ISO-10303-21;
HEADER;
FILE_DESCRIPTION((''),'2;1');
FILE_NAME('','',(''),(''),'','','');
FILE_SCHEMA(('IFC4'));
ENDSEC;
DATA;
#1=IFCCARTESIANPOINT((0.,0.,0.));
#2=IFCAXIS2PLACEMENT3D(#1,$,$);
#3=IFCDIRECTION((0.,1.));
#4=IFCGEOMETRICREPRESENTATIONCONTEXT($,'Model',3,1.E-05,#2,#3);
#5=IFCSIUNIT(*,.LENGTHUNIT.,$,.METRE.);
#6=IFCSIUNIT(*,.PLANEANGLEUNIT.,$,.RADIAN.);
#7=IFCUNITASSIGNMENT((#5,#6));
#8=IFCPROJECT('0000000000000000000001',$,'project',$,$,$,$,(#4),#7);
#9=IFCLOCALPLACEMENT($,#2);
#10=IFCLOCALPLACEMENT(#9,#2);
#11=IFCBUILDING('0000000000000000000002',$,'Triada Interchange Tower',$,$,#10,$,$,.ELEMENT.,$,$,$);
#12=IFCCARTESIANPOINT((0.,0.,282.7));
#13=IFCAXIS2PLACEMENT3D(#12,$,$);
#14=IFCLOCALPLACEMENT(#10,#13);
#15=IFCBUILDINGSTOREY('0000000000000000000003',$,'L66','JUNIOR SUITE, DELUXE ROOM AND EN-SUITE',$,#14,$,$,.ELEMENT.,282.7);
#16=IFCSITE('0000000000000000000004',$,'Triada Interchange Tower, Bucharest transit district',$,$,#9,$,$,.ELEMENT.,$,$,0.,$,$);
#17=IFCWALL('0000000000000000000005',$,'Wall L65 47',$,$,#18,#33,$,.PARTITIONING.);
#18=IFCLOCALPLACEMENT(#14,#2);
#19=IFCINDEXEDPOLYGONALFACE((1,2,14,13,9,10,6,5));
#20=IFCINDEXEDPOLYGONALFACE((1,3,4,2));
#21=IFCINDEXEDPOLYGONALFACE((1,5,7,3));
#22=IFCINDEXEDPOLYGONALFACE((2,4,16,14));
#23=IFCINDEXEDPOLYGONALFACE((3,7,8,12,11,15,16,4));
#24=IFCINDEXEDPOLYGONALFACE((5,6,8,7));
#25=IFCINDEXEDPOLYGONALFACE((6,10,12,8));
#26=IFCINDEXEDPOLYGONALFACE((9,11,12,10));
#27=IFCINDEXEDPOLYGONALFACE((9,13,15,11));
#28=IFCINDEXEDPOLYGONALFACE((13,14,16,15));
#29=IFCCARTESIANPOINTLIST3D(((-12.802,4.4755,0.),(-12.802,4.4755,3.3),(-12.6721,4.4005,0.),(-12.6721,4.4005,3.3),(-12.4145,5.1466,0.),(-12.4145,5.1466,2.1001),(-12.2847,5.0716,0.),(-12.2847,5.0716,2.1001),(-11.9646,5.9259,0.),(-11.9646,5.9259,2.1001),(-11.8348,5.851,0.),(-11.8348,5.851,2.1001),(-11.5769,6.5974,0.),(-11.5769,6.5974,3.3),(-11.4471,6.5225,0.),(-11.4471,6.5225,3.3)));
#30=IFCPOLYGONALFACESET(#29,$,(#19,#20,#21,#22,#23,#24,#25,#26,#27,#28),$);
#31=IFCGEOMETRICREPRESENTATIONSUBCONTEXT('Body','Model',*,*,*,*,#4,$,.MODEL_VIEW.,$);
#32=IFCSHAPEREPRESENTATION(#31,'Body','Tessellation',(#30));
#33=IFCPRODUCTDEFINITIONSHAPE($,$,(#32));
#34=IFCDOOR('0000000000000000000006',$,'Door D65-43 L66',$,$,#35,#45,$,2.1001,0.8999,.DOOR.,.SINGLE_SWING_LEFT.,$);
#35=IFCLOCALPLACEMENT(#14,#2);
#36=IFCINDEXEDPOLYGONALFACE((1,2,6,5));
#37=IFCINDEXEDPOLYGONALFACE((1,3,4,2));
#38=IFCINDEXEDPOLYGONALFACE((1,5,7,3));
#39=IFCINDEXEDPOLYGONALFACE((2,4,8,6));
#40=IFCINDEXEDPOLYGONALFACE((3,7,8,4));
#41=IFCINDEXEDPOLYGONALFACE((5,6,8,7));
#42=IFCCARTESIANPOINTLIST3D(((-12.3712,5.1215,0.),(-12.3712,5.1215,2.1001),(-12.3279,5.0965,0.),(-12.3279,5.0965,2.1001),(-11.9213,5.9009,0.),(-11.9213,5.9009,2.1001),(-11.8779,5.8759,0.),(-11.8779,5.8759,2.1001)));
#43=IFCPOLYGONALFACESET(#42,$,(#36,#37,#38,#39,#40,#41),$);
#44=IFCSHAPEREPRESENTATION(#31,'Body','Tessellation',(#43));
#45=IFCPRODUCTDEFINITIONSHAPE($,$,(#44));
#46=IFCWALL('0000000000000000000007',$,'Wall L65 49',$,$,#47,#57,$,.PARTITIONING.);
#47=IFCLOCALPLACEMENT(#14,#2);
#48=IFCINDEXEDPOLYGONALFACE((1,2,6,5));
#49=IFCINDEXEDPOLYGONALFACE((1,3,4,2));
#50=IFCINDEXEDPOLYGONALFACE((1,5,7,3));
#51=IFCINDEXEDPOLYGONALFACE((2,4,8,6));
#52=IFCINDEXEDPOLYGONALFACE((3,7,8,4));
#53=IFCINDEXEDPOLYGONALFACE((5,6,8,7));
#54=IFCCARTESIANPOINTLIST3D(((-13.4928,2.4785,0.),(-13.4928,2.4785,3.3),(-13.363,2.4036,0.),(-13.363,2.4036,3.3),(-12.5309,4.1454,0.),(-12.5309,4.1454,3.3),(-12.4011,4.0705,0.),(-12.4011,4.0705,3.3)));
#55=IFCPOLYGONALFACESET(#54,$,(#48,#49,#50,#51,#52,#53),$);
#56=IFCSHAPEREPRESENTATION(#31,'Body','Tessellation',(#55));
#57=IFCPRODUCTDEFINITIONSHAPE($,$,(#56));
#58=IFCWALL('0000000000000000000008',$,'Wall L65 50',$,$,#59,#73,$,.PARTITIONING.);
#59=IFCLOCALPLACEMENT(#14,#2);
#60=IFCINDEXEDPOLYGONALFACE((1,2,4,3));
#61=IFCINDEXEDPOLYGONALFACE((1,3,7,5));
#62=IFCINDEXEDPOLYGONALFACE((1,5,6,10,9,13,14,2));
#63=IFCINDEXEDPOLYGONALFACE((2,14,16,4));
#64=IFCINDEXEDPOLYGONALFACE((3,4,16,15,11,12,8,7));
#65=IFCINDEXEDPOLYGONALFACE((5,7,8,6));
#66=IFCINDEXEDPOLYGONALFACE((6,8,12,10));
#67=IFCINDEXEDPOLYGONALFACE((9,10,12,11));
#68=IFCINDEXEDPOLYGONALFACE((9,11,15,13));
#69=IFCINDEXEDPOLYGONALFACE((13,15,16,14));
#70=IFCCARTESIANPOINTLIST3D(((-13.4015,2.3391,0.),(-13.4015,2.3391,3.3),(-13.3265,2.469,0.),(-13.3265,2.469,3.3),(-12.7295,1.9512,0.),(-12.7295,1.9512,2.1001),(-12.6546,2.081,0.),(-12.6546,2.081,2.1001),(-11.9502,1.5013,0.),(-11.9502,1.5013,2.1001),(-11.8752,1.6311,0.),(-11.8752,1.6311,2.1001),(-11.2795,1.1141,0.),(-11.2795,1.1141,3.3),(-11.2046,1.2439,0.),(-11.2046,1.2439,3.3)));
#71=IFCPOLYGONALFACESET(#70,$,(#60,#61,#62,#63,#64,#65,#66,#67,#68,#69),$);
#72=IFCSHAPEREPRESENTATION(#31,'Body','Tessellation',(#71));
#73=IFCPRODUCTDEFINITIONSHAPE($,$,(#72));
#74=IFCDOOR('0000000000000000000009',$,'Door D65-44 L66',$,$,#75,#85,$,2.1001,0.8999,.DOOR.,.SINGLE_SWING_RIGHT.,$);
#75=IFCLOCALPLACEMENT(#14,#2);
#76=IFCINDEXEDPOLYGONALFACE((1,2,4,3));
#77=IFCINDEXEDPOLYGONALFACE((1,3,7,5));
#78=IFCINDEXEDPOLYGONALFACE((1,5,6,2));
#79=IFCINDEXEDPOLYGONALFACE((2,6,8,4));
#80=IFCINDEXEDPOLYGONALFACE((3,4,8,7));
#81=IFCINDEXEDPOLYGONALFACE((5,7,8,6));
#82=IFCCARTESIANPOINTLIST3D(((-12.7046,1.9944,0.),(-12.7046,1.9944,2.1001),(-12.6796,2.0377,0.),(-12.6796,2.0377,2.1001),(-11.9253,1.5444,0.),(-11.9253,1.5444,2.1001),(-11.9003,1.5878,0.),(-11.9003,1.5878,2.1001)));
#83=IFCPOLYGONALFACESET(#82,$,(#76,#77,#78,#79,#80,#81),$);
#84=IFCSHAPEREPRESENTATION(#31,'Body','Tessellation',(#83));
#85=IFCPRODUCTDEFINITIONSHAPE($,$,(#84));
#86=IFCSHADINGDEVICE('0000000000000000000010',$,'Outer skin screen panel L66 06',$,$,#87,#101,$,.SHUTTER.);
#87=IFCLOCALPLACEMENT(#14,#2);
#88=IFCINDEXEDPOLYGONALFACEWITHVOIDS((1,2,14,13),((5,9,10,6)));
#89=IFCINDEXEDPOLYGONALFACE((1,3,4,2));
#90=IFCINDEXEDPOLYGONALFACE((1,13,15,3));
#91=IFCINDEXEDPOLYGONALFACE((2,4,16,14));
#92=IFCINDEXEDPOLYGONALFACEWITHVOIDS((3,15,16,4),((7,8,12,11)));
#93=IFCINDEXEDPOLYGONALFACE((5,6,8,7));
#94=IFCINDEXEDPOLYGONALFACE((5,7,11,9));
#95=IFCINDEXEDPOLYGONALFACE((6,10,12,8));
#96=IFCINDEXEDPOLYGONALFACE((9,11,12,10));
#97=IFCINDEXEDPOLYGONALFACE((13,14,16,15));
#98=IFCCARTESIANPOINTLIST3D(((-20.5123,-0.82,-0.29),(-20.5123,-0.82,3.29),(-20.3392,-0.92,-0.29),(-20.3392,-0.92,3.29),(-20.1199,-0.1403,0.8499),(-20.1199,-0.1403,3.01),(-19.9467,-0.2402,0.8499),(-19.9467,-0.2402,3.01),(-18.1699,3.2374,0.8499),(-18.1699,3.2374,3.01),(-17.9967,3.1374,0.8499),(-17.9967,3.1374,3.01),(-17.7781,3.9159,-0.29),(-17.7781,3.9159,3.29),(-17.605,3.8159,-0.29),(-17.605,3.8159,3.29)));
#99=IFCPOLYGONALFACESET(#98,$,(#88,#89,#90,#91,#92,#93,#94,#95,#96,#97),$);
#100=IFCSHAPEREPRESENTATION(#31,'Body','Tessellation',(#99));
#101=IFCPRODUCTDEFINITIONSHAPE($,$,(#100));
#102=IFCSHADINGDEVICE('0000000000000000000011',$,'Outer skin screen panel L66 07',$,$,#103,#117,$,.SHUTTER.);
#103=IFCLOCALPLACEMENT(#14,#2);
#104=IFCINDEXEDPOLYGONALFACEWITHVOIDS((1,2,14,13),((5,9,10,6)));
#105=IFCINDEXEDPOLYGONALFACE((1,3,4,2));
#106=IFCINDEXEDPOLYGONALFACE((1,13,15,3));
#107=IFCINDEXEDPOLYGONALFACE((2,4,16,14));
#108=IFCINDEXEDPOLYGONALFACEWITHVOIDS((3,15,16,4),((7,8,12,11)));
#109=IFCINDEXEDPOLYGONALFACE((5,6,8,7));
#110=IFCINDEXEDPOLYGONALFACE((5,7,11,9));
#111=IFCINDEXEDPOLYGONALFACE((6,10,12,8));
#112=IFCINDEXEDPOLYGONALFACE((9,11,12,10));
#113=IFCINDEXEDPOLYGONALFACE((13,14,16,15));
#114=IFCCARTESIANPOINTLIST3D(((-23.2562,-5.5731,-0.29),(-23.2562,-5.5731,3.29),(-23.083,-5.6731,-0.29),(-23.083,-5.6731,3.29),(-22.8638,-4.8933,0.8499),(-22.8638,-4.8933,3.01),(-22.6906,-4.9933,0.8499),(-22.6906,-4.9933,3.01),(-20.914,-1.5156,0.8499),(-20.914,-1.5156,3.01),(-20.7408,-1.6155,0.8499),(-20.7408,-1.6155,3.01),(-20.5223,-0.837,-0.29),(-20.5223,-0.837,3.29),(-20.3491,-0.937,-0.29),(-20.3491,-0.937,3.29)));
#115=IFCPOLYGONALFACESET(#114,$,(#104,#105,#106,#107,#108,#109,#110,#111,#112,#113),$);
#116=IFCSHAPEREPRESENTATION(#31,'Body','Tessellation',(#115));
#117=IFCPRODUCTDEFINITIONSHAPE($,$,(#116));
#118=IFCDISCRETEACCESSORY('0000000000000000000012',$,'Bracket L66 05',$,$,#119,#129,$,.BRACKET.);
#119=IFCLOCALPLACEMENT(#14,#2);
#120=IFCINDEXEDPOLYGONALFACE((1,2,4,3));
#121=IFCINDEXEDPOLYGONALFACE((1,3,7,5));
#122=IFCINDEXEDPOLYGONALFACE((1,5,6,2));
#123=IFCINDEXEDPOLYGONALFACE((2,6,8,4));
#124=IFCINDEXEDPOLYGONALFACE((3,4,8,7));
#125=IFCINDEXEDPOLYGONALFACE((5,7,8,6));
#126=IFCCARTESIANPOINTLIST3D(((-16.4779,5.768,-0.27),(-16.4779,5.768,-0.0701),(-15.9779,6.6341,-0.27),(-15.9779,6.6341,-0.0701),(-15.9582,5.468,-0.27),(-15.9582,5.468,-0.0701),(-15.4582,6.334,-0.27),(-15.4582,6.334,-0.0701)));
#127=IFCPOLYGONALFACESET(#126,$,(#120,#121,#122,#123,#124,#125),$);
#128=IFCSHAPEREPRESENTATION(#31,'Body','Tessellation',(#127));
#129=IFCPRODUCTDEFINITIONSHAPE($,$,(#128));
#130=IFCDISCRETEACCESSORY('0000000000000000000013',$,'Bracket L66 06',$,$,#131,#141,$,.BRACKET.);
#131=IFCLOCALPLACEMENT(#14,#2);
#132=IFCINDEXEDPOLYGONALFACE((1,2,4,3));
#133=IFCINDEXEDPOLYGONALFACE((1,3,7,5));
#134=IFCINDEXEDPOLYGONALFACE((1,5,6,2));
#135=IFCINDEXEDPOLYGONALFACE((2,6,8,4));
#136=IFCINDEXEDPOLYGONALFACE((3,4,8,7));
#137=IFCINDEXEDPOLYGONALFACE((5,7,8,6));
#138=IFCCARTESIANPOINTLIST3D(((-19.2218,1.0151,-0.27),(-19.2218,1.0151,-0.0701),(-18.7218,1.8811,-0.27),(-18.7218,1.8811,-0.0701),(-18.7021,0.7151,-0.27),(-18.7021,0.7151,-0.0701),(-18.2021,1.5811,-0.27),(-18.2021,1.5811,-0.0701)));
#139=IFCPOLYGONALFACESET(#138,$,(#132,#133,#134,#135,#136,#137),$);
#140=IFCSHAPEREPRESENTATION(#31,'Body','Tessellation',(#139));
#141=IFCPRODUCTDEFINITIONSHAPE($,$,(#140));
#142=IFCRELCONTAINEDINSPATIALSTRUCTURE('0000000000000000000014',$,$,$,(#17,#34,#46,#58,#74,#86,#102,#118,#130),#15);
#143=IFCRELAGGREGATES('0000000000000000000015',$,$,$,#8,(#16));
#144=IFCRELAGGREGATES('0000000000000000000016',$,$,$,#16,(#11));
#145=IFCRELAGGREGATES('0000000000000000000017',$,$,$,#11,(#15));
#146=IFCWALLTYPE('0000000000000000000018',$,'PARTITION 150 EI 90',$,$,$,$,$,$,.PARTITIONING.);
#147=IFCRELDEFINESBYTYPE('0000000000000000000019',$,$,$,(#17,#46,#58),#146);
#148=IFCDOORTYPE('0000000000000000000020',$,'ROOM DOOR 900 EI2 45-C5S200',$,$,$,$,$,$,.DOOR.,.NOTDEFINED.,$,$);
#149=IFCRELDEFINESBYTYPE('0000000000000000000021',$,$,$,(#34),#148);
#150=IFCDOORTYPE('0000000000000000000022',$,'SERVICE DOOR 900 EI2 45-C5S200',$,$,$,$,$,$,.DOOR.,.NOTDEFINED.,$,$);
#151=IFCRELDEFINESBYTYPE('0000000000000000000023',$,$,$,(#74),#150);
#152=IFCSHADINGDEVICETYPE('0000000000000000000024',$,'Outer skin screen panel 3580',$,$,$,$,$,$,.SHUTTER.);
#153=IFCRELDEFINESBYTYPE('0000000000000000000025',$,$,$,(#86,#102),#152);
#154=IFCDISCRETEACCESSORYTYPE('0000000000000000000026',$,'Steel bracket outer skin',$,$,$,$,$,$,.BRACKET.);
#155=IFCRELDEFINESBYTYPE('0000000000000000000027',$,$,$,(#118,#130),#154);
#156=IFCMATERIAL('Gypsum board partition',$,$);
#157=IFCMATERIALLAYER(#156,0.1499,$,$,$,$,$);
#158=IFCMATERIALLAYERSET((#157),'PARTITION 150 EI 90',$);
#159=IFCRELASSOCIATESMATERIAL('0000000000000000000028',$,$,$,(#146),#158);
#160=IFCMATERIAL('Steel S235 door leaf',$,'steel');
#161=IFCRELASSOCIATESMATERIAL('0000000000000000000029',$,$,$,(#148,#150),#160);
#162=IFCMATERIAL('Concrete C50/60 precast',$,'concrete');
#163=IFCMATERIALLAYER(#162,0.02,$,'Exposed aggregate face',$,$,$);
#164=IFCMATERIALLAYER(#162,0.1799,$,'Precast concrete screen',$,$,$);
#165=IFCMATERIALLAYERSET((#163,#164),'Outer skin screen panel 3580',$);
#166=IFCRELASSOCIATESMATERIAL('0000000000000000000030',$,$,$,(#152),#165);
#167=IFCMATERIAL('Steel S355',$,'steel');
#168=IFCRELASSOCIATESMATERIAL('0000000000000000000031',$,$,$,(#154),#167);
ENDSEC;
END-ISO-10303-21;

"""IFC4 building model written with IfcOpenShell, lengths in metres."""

from ifc_helpers import new_model, si_unit, direction, frame, frame_2d, origin, origin_2d, place, context, subcontext, project, spatial, polyline, rectangle, outline, extrude, material, layer, layer_set, type_object, element, fill, save


model = new_model("IFC4")

# Units and contexts
model_context = context("Model", 3, precision=1e-05, world=origin(), true_north=direction((0.0, 1.0)))
body_context = subcontext(model_context, "Body", "Model", "MODEL_VIEW")
ifc_project = project(units=[si_unit("LENGTHUNIT", "METRE"), si_unit("PLANEANGLEUNIT", "RADIAN")], contexts=[model_context])

# Site, building, storey
site_placement = place(None, origin())
site = spatial("IfcSite", under=ifc_project, at=site_placement, Name="Triada Interchange Tower, Bucharest transit district", CompositionType="ELEMENT", RefElevation=0.0)
building_placement = place(site_placement, origin())
building = spatial("IfcBuilding", under=site, at=building_placement, Name="Triada Interchange Tower", CompositionType="ELEMENT")
storey_placement = place(building_placement, frame((0.0, 0.0, 282.7)))
storey = spatial("IfcBuildingStorey", under=building, at=storey_placement, Name="L66", Description="JUNIOR SUITE, DELUXE ROOM AND EN-SUITE", CompositionType="ELEMENT", Elevation=282.7)

# Shared definitions
ifc_material_1 = material(Name="Steel S235 door leaf", Category="steel")

# Shared definitions
ifc_material_2 = material(Name="Gypsum board partition")
ifc_layer_1 = layer(ifc_material_2, 0.1499)
ifc_layer_set_1 = layer_set([ifc_layer_1], Name="PARTITION 150 EI 90")
wall_type_1 = type_object("IfcWallType", Name="PARTITION 150 EI 90", PredefinedType="PARTITIONING", material=ifc_layer_set_1)

# Wall, opening, door
wall_1_placement = place(storey_placement, frame((-12.7371, 4.438, 0.0), z_axis=(0.0, 0.0, 1.0), x_axis=(0.499975, 0.86604, 0.0)))
wall_1 = element("IfcWall", 1, at=wall_1_placement, inside=storey, type_object=wall_type_1, Name="Wall L65 47", PredefinedType="PARTITIONING", context=body_context, shape_type="SweptSolid", body=[
    extrude(rectangle(XDim=2.4502, YDim=0.1499, at=frame_2d((1.2251, 0.0))), origin(), (0.0, 0.0, 1.0), 3.3),
])
opening_1_placement = place(wall_1_placement, frame((0.7749, 0.0, 0.0)))
opening_1 = element("IfcOpeningElement", 2, at=opening_1_placement, cuts=wall_1, PredefinedType="OPENING", context=body_context, shape_type="SweptSolid", body=[
    extrude(rectangle(XDim=0.8999, YDim=2.1001, at=frame_2d((0.45, 1.05))), frame((0.0, 0.085, 0.0), z_axis=(0.0, -1.0, 0.0), x_axis=(1.0, 0.0, 0.0)), (0.0, 0.0, 1.0), 0.1699),
])
door_type_1 = type_object("IfcDoorType", Name="ROOM DOOR 900 EI2 45-C5S200", OperationType="NOTDEFINED", PredefinedType="DOOR", material=ifc_material_1)
door_1_placement = place(opening_1_placement, origin())
door_1 = element("IfcDoor", 3, at=door_1_placement, inside=storey, type_object=door_type_1, Name="Door D65-43 L66", OperationType="SINGLE_SWING_LEFT", OverallHeight=2.1001, OverallWidth=0.8999, PredefinedType="DOOR", context=body_context, shape_type="SweptSolid", body=[
    extrude(rectangle(XDim=0.8999, YDim=2.1001, at=frame_2d((0.45, 1.05))), frame((0.0, 0.0249, 0.0), z_axis=(0.0, -1.0, 0.0), x_axis=(1.0, 0.0, 0.0)), (0.0, 0.0, 1.0), 0.05),
])
fill(opening_1, door_1)

# Wall
wall_2_placement = place(storey_placement, frame((-13.428, 2.4409, 0.0), z_axis=(0.0, 0.0, 1.0), x_axis=(0.499796, 0.866143, 0.0)))
element("IfcWall", 4, at=wall_2_placement, inside=storey, type_object=wall_type_1, Name="Wall L65 49", PredefinedType="PARTITIONING", context=body_context, shape_type="SweptSolid", body=[
    extrude(rectangle(XDim=1.9246, YDim=0.1499, at=frame_2d((0.9624, 0.0))), origin(), (0.0, 0.0, 1.0), 3.3),
])

# Wall, opening, door
wall_3_placement = place(storey_placement, frame((-13.364, 2.4041, 0.0), z_axis=(0.0, 0.0, 1.0), x_axis=(0.86604, -0.499975, 0.0)))
wall_3 = element("IfcWall", 5, at=wall_3_placement, inside=storey, type_object=wall_type_1, Name="Wall L65 50", PredefinedType="PARTITIONING", context=body_context, shape_type="SweptSolid", body=[
    extrude(rectangle(XDim=2.4502, YDim=0.1499, at=frame_2d((1.2251, 0.0))), origin(), (0.0, 0.0, 1.0), 3.3),
])
opening_2_placement = place(wall_3_placement, frame((0.7759, 0.0, 0.0)))
opening_2 = element("IfcOpeningElement", 6, at=opening_2_placement, cuts=wall_3, PredefinedType="OPENING", context=body_context, shape_type="SweptSolid", body=[
    extrude(rectangle(XDim=0.8999, YDim=2.1001, at=frame_2d((0.45, 1.05))), frame((0.0, 0.085, 0.0), z_axis=(0.0, -1.0, 0.0), x_axis=(1.0, 0.0, 0.0)), (0.0, 0.0, 1.0), 0.1699),
])
door_type_2 = type_object("IfcDoorType", Name="SERVICE DOOR 900 EI2 45-C5S200", OperationType="NOTDEFINED", PredefinedType="DOOR", material=ifc_material_1)
door_2_placement = place(opening_2_placement, origin())
door_2 = element("IfcDoor", 7, at=door_2_placement, inside=storey, type_object=door_type_2, Name="Door D65-44 L66", OperationType="SINGLE_SWING_RIGHT", OverallHeight=2.1001, OverallWidth=0.8999, PredefinedType="DOOR", context=body_context, shape_type="SweptSolid", body=[
    extrude(rectangle(XDim=0.8999, YDim=2.1001, at=frame_2d((0.45, 1.05))), frame((0.0, 0.0249, 0.0), z_axis=(0.0, -1.0, 0.0), x_axis=(1.0, 0.0, 0.0)), (0.0, 0.0, 1.0), 0.05),
])
fill(opening_2, door_2)

# Shading devices
ifc_material_3 = material(Name="Concrete C50/60 precast", Category="concrete")
ifc_layer_2 = layer(ifc_material_3, 0.02, Name="Exposed aggregate face")
ifc_layer_3 = layer(ifc_material_3, 0.1799, Name="Precast concrete screen")
ifc_layer_set_2 = layer_set([ifc_layer_2, ifc_layer_3], Name="Outer skin screen panel 3580")
shading_device_type = type_object("IfcShadingDeviceType", Name="Outer skin screen panel 3580", PredefinedType="SHUTTER", material=ifc_layer_set_2)
for number, where, z_axis, x_axis, name in (
    (8, (-17.605, 3.8159, -0.29), (0.0, 0.0, 1.0), (-0.499985, -0.866034, 0.0), "Outer skin screen panel L66 06"),
    (9, (-20.3491, -0.937, -0.29), (0.0, 0.0, 1.0), (-0.499932, -0.866064, 0.0), "Outer skin screen panel L66 07"),
):
    element("IfcShadingDevice", number, at=place(storey_placement, frame(where, z_axis=z_axis, x_axis=x_axis)), inside=storey, type_object=shading_device_type, Name=name, PredefinedType="SHUTTER", context=body_context, shape_type="SweptSolid", body=[
        extrude(outline(polyline([(0.0, 0.0), (5.4685, 0.0), (5.4685, 3.5801), (0.0, 3.5801), (0.0, 0.0)]), holes=[polyline([(0.7834, 1.1399), (0.7834, 3.3), (4.6836, 3.3), (4.6836, 1.1399), (0.7834, 1.1399)])]), frame((0.0, 0.0, 0.0), z_axis=(0.0, -1.0, 0.0), x_axis=(1.0, 0.0, 0.0)), (0.0, 0.0, 1.0), 0.2),
    ])

# Discrete accessories
ifc_material_4 = material(Name="Steel S355", Category="steel")
discrete_accessory_type = type_object("IfcDiscreteAccessoryType", Name="Steel bracket outer skin", PredefinedType="BRACKET", material=ifc_material_4)
for number, where, z_axis, x_axis, name in (
    (10, (-15.968, 6.051, -0.27), (0.0, 0.0, 1.0), (-0.866024, 0.500002, 0.0), "Bracket L66 05"),
    (11, (-18.7119, 1.2981, -0.27), (0.0, 0.0, 1.0), (-0.866024, 0.500002, 0.0), "Bracket L66 06"),
):
    element("IfcDiscreteAccessory", number, at=place(storey_placement, frame(where, z_axis=z_axis, x_axis=x_axis)), inside=storey, type_object=discrete_accessory_type, Name=name, PredefinedType="BRACKET", context=body_context, shape_type="SweptSolid", body=[
        extrude(rectangle(XDim=0.6001, YDim=1.0, at=origin_2d()), origin(), (0.0, 0.0, 1.0), 0.2),
    ])

save(model, "model.ifc")
